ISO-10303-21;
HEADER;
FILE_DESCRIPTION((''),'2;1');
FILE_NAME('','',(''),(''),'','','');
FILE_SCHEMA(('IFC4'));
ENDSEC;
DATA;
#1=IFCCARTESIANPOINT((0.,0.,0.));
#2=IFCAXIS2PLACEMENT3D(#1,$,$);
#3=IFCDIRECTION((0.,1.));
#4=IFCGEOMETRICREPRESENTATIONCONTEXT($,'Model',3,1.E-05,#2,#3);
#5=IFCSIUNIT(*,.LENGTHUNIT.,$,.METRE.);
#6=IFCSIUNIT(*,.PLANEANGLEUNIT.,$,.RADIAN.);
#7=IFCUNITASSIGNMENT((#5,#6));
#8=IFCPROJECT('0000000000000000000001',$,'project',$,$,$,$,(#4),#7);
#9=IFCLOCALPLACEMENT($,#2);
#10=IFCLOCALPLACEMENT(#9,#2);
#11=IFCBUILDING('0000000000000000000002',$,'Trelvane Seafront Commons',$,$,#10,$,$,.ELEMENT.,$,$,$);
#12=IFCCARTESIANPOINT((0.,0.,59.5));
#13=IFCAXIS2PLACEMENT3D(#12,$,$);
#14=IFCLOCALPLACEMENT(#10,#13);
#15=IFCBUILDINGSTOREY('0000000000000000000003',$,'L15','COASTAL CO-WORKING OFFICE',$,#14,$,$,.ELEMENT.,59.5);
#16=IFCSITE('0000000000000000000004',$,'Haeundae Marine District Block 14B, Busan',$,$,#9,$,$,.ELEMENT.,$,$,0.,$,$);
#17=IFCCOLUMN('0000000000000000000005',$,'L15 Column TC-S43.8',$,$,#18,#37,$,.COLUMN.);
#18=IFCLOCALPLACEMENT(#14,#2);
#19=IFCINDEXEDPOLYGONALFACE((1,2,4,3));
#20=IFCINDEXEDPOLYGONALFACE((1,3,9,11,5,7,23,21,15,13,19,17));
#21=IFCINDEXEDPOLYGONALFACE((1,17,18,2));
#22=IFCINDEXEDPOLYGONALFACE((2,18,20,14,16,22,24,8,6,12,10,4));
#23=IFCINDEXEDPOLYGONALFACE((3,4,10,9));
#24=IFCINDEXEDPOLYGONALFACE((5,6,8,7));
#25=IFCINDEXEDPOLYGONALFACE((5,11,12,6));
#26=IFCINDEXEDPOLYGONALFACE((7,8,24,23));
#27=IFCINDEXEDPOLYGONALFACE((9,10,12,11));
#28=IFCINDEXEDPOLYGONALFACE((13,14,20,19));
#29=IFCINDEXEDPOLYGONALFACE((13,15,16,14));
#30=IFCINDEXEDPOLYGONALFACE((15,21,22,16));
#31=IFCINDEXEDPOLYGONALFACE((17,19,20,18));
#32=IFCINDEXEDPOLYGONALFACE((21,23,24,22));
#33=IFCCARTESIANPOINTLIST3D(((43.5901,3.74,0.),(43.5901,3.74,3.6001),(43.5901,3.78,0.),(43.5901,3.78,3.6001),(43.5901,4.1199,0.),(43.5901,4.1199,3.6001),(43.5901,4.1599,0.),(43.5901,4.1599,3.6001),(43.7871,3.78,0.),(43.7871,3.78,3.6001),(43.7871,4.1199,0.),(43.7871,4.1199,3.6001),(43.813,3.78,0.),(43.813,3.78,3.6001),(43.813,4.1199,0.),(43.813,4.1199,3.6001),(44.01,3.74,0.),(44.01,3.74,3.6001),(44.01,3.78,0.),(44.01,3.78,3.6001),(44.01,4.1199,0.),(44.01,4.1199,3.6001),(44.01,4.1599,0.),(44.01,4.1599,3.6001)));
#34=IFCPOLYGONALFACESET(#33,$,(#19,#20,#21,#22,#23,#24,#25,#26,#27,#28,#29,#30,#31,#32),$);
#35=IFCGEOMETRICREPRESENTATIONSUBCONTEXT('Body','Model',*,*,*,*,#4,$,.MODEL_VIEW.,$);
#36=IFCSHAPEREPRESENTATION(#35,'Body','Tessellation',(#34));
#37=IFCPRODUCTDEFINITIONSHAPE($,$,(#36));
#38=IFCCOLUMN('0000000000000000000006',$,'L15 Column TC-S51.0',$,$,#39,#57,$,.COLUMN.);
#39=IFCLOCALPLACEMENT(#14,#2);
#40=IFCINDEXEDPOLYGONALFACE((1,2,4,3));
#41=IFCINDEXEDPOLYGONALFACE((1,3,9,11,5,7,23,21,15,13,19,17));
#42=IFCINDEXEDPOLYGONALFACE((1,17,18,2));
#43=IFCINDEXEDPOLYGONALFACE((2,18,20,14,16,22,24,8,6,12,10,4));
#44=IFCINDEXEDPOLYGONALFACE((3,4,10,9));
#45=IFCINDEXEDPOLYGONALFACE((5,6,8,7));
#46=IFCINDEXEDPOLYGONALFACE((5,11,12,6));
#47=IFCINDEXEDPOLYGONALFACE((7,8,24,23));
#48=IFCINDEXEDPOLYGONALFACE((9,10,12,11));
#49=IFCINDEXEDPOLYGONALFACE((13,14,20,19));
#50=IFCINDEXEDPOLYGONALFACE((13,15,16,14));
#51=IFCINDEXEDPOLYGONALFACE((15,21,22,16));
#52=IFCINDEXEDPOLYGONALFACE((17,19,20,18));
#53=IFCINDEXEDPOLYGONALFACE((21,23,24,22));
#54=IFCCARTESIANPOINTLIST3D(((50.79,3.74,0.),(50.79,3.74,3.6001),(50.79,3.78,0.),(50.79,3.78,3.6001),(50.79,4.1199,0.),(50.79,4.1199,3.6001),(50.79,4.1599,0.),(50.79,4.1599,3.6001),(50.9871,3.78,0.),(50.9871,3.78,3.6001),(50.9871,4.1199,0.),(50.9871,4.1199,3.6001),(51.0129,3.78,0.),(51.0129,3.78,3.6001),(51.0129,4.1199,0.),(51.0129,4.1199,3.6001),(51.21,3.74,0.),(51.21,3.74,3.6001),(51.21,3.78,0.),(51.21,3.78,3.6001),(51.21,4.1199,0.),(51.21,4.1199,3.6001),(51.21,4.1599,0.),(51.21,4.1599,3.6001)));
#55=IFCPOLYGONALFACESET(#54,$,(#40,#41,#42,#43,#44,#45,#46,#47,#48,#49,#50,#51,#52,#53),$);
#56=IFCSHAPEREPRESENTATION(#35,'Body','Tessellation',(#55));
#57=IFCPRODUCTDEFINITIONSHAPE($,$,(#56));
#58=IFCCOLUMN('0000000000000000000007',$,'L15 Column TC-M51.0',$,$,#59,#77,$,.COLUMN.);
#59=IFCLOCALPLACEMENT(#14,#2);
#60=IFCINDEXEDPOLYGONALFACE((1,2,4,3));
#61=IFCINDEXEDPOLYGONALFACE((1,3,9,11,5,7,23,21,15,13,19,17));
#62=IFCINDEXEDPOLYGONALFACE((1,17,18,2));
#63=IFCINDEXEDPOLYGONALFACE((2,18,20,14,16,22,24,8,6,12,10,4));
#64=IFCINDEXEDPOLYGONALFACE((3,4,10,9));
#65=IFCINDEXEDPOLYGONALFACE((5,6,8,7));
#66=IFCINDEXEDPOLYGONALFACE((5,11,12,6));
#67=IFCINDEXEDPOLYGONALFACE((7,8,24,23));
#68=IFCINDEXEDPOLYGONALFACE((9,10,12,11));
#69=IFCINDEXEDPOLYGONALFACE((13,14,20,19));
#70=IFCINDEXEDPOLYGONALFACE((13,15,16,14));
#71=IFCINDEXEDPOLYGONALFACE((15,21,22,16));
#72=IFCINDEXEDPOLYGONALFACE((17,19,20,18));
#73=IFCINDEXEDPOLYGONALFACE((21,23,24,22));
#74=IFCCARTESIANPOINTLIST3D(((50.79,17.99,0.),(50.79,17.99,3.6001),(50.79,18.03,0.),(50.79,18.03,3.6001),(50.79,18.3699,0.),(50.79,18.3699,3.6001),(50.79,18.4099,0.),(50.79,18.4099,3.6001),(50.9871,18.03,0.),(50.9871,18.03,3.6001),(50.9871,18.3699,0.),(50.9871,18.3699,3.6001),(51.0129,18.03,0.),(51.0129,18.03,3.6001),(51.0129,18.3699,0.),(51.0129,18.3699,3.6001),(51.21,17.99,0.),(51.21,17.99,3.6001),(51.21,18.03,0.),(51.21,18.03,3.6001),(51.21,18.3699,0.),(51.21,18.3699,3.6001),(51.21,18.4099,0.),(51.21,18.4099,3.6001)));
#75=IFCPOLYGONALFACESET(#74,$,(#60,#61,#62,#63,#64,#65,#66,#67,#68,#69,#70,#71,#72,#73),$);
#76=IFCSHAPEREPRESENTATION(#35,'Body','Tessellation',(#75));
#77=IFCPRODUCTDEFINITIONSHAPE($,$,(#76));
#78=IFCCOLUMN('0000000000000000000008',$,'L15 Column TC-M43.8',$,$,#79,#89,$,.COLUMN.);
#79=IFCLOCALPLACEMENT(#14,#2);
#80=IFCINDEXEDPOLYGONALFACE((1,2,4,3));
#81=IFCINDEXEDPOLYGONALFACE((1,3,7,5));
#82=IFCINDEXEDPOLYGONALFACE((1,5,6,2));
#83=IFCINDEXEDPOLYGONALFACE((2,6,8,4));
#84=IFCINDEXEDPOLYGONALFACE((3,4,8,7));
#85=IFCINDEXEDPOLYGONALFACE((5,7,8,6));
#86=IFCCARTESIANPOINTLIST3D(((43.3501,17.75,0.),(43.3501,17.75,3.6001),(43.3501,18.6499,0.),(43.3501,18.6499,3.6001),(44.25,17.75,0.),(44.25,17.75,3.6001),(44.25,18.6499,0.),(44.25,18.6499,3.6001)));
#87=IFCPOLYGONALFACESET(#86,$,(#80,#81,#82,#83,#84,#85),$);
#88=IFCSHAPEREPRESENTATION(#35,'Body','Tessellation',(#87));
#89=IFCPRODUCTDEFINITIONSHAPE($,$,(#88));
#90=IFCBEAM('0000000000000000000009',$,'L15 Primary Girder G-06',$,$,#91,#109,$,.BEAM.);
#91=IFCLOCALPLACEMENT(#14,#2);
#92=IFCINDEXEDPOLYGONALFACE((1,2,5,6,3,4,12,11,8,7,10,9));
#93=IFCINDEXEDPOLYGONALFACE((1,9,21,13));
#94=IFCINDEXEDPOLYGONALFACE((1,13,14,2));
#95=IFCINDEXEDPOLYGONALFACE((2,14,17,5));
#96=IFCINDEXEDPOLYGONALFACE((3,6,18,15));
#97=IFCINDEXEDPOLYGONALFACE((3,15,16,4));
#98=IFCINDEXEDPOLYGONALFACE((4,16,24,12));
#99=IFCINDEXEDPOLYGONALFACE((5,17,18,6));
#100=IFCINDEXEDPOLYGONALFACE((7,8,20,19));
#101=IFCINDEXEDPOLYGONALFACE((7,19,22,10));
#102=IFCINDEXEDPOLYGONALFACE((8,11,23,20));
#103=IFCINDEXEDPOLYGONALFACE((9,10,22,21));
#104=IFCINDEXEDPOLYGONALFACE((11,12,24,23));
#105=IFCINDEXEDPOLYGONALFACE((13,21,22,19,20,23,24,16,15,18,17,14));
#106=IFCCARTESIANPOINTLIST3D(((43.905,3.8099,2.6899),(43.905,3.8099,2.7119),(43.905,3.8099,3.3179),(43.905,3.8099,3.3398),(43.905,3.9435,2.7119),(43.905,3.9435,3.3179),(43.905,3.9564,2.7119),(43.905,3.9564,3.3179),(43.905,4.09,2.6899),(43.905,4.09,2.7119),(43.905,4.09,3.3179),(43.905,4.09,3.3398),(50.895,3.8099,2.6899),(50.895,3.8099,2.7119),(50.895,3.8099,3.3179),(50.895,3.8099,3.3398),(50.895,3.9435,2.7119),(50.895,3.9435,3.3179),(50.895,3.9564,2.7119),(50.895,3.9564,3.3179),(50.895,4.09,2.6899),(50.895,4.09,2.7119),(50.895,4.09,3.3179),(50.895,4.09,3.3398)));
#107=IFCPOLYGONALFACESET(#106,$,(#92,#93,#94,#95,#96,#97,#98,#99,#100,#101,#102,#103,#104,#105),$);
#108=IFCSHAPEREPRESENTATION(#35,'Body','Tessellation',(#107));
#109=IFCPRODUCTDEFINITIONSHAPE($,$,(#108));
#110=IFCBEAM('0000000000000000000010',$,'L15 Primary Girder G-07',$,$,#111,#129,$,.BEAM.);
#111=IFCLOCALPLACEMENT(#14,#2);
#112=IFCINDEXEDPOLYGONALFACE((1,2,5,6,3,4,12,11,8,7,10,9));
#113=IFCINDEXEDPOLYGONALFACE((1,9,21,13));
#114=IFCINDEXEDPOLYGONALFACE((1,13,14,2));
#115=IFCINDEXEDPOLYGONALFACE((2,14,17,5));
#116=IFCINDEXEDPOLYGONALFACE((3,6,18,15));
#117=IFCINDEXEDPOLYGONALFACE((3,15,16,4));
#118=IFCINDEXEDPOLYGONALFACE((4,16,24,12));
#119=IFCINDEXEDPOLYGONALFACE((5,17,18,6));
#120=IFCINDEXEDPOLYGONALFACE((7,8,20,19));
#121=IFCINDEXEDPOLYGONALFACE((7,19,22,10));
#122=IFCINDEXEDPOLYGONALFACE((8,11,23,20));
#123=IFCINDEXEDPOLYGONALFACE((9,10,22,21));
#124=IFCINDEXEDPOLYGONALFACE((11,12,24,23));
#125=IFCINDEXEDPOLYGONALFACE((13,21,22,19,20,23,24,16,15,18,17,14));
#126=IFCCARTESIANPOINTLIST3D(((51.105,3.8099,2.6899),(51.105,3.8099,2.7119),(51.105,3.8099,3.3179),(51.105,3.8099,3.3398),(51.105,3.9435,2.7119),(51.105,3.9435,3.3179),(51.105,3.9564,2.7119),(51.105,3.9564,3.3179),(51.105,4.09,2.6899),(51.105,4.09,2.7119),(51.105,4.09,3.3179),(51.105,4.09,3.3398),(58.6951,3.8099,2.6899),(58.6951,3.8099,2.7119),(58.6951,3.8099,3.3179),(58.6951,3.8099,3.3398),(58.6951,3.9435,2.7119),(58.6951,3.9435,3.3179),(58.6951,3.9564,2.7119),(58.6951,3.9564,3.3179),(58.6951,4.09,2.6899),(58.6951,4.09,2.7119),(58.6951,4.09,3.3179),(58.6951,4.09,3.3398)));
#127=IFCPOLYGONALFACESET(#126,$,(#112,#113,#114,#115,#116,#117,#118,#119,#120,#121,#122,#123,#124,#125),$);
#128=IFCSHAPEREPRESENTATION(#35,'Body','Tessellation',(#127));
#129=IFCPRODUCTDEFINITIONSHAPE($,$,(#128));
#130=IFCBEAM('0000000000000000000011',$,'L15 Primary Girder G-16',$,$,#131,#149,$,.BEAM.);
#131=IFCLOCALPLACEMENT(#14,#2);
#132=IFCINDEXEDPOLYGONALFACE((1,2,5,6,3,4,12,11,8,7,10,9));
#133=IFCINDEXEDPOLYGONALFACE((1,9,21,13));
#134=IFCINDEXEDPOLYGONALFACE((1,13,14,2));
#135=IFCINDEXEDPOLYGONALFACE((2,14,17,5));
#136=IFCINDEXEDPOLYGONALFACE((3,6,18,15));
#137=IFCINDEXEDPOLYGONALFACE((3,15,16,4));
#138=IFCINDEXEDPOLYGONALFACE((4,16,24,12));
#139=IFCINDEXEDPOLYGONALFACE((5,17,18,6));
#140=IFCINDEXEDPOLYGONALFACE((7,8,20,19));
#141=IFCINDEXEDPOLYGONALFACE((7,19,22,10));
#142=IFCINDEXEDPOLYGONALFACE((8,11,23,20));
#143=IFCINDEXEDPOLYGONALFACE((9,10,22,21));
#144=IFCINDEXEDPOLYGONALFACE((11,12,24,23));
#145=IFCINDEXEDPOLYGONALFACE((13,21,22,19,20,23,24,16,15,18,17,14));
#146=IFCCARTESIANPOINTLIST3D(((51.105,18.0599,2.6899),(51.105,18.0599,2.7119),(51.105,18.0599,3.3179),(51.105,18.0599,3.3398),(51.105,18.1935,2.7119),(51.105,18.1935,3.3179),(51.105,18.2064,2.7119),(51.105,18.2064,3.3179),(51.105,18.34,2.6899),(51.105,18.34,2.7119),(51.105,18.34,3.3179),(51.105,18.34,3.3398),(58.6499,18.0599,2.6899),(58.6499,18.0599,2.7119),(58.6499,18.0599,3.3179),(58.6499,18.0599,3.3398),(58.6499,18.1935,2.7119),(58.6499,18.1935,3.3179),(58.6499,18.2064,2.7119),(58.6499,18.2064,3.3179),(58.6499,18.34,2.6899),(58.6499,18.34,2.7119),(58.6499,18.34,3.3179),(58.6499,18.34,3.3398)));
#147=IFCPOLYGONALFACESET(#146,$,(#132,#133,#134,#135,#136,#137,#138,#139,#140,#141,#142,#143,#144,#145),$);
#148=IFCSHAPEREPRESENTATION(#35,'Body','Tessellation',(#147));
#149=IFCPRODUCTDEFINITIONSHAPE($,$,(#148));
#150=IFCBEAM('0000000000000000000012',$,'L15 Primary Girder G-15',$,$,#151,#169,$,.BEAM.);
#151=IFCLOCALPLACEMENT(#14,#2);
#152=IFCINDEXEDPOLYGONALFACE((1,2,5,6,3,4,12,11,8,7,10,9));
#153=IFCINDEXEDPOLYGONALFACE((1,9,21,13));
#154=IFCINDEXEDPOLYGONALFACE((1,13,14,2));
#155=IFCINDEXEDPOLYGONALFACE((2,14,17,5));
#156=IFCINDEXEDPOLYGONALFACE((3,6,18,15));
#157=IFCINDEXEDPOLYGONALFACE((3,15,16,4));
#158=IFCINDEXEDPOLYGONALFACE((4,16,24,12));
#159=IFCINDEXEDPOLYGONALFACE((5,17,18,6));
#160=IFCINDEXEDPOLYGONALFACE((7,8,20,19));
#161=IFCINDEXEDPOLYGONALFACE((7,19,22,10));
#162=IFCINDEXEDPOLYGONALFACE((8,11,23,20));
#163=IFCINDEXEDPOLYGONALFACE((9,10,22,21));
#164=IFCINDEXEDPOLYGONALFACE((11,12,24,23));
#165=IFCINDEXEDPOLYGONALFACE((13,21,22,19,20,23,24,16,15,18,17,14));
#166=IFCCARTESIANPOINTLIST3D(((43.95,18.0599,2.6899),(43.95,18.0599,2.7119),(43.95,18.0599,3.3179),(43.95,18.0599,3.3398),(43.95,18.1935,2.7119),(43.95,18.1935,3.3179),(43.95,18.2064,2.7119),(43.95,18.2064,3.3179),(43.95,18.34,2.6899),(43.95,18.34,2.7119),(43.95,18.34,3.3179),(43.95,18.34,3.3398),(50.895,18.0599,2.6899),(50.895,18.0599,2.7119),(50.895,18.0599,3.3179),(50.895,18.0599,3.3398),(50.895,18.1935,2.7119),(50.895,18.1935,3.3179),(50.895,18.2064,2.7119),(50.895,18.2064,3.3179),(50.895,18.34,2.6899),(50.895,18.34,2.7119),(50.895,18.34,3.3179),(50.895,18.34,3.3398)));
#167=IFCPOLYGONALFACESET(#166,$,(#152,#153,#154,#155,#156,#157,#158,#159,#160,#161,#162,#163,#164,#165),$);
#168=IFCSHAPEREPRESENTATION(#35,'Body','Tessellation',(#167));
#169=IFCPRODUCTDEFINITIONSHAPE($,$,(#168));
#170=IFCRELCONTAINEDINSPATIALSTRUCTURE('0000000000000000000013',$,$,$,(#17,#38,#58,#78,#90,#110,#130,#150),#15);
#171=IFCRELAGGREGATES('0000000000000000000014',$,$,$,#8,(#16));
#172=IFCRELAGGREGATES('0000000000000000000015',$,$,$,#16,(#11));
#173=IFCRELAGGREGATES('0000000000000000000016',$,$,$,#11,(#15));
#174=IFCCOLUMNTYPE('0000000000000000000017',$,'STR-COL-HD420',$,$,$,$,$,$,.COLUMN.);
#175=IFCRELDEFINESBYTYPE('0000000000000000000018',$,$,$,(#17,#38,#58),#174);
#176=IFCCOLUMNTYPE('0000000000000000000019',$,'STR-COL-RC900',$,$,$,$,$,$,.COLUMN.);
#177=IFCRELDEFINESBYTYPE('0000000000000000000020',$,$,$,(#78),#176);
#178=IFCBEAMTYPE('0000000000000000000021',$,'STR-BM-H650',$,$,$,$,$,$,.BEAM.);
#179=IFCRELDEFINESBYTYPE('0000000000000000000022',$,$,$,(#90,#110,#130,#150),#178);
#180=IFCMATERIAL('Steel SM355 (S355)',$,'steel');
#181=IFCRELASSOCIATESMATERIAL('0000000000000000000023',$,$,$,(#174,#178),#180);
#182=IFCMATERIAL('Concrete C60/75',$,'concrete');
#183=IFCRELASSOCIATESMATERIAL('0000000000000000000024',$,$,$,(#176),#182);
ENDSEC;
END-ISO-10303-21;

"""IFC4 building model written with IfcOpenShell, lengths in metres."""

from ifc_helpers import new_model, si_unit, direction, frame, origin, origin_2d, place, context, subcontext, project, spatial, rectangle, i_section, extrude, source, transform, mapped, material, material_profile, profile_set, type_object, element, save


model = new_model("IFC4")

# Units and contexts
model_context = context("Model", 3, precision=1e-05, world=origin(), true_north=direction((0.0, 1.0)))
body_context = subcontext(model_context, "Body", "Model", "MODEL_VIEW")
ifc_project = project(units=[si_unit("LENGTHUNIT", "METRE"), si_unit("PLANEANGLEUNIT", "RADIAN")], contexts=[model_context])

# Site, building, storey
site_placement = place(None, origin())
site = spatial("IfcSite", under=ifc_project, at=site_placement, Name="Haeundae Marine District Block 14B, Busan", CompositionType="ELEMENT", RefElevation=0.0)
building_placement = place(site_placement, origin())
building = spatial("IfcBuilding", under=site, at=building_placement, Name="Trelvane Seafront Commons", CompositionType="ELEMENT")
storey_placement = place(building_placement, frame((0.0, 0.0, 59.5)))
storey = spatial("IfcBuildingStorey", under=building, at=storey_placement, Name="L15", Description="COASTAL CO-WORKING OFFICE", CompositionType="ELEMENT", Elevation=59.5)

# Columns
ifc_material_1 = material(Name="Steel SM355 (S355)", Category="steel")
ifc_material_profile_1 = material_profile(ifc_material_1, i_section(OverallWidth=0.4199, OverallDepth=0.4199, WebThickness=0.0259, FlangeThickness=0.04, at=origin_2d()), Name="HD-420x420x26x40")
ifc_profile_set_1 = profile_set([ifc_material_profile_1], Name="Steel SM355 (S355)")
column_type_1 = type_object("IfcColumnType", Name="STR-COL-HD420", PredefinedType="COLUMN", material=ifc_profile_set_1)
shared_shape_1 = source(origin(), body_context, "Body", "SweptSolid", [
    extrude(i_section(OverallWidth=0.4199, OverallDepth=0.4199, WebThickness=0.0259, FlangeThickness=0.04, at=origin_2d()), origin(), (0.0, 0.0, 1.0), 3.6001),
])
for number, where, z_axis, x_axis, name in (
    (1, (43.8, 3.95, 0.0), (0.0, 0.0, 1.0), (1.0, 0.0, 0.0), "L15 Column TC-S43.8"),
    (2, (51.0, 3.95, 0.0), (0.0, 0.0, 1.0), (1.0, 0.0, 0.0), "L15 Column TC-S51.0"),
    (3, (51.0, 18.2, 0.0), (0.0, 0.0, 1.0), (1.0, 0.0, 0.0), "L15 Column TC-M51.0"),
):
    element("IfcColumn", number, at=place(storey_placement, frame(where, z_axis=z_axis, x_axis=x_axis)), inside=storey, type_object=column_type_1, Name=name, PredefinedType="COLUMN", context=body_context, shape_type="MappedRepresentation", body=[
        mapped(shared_shape_1, transform((0.0, 0.0, 0.0), x_axis=(1.0, 0.0, 0.0), y_axis=(0.0, 1.0, 0.0), z_axis=(0.0, 0.0, 1.0), scale=1.0)),
    ])
ifc_material_2 = material(Name="Concrete C60/75", Category="concrete")
ifc_material_profile_2 = material_profile(ifc_material_2, rectangle(XDim=0.8999, YDim=0.8999, at=origin_2d()), Name="RC-900x900")
ifc_profile_set_2 = profile_set([ifc_material_profile_2], Name="Concrete C60/75")
column_type_2 = type_object("IfcColumnType", Name="STR-COL-RC900", PredefinedType="COLUMN", material=ifc_profile_set_2)
shared_shape_2 = source(origin(), body_context, "Body", "SweptSolid", [
    extrude(rectangle(XDim=0.8999, YDim=0.8999, at=origin_2d()), origin(), (0.0, 0.0, 1.0), 3.6001),
])
column_placement = place(storey_placement, frame((43.8, 18.2, 0.0), z_axis=(0.0, 0.0, 1.0), x_axis=(1.0, 0.0, 0.0)))
element("IfcColumn", 4, at=column_placement, inside=storey, type_object=column_type_2, Name="L15 Column TC-M43.8", PredefinedType="COLUMN", context=body_context, shape_type="MappedRepresentation", body=[
    mapped(shared_shape_2, transform((0.0, 0.0, 0.0), x_axis=(1.0, 0.0, 0.0), y_axis=(0.0, 1.0, 0.0), z_axis=(0.0, 0.0, 1.0), scale=1.0)),
])

# Beams
ifc_material_profile_3 = material_profile(ifc_material_1, i_section(OverallWidth=0.28, OverallDepth=0.6499, WebThickness=0.0129, FlangeThickness=0.022, at=origin_2d()), Name="H-650x280x13x22")
ifc_profile_set_3 = profile_set([ifc_material_profile_3], Name="Steel SM355 (S355)")
beam_type_1 = type_object("IfcBeamType", Name="STR-BM-H650", PredefinedType="BEAM", material=ifc_profile_set_3)
shared_shape_3 = source(origin(), body_context, "Body", "SweptSolid", [
    extrude(i_section(OverallWidth=0.28, OverallDepth=0.6499, WebThickness=0.0129, FlangeThickness=0.022, at=origin_2d()), origin(), (0.0, 0.0, 1.0), 6.99),
])
beam_1_placement = place(storey_placement, frame((43.905, 3.95, 3.0149), z_axis=(1.0, 0.0, 0.0), x_axis=(0.0, 1.0, 0.0)))
element("IfcBeam", 5, at=beam_1_placement, inside=storey, type_object=beam_type_1, Name="L15 Primary Girder G-06", PredefinedType="BEAM", context=body_context, shape_type="MappedRepresentation", body=[
    mapped(shared_shape_3, transform((0.0, 0.0, 0.0), x_axis=(1.0, 0.0, 0.0), y_axis=(0.0, 1.0, 0.0), z_axis=(0.0, 0.0, 1.0), scale=1.0)),
])
shared_shape_4 = source(origin(), body_context, "Body", "SweptSolid", [
    extrude(i_section(OverallWidth=0.28, OverallDepth=0.6499, WebThickness=0.0129, FlangeThickness=0.022, at=origin_2d()), origin(), (0.0, 0.0, 1.0), 7.5901),
])
beam_2_placement = place(storey_placement, frame((51.105, 3.95, 3.0149), z_axis=(1.0, 0.0, 0.0), x_axis=(0.0, 1.0, 0.0)))
element("IfcBeam", 6, at=beam_2_placement, inside=storey, type_object=beam_type_1, Name="L15 Primary Girder G-07", PredefinedType="BEAM", context=body_context, shape_type="MappedRepresentation", body=[
    mapped(shared_shape_4, transform((0.0, 0.0, 0.0), x_axis=(1.0, 0.0, 0.0), y_axis=(0.0, 1.0, 0.0), z_axis=(0.0, 0.0, 1.0), scale=1.0)),
])
shared_shape_5 = source(origin(), body_context, "Body", "SweptSolid", [
    extrude(i_section(OverallWidth=0.28, OverallDepth=0.6499, WebThickness=0.0129, FlangeThickness=0.022, at=origin_2d()), origin(), (0.0, 0.0, 1.0), 7.5449),
])
beam_3_placement = place(storey_placement, frame((51.105, 18.2, 3.0149), z_axis=(1.0, 0.0, 0.0), x_axis=(0.0, 1.0, 0.0)))
element("IfcBeam", 7, at=beam_3_placement, inside=storey, type_object=beam_type_1, Name="L15 Primary Girder G-16", PredefinedType="BEAM", context=body_context, shape_type="MappedRepresentation", body=[
    mapped(shared_shape_5, transform((0.0, 0.0, 0.0), x_axis=(1.0, 0.0, 0.0), y_axis=(0.0, 1.0, 0.0), z_axis=(0.0, 0.0, 1.0), scale=1.0)),
])
shared_shape_6 = source(origin(), body_context, "Body", "SweptSolid", [
    extrude(i_section(OverallWidth=0.28, OverallDepth=0.6499, WebThickness=0.0129, FlangeThickness=0.022, at=origin_2d()), origin(), (0.0, 0.0, 1.0), 6.9451),
])
beam_4_placement = place(storey_placement, frame((43.95, 18.2, 3.0149), z_axis=(1.0, 0.0, 0.0), x_axis=(0.0, 1.0, 0.0)))
element("IfcBeam", 8, at=beam_4_placement, inside=storey, type_object=beam_type_1, Name="L15 Primary Girder G-15", PredefinedType="BEAM", context=body_context, shape_type="MappedRepresentation", body=[
    mapped(shared_shape_6, transform((0.0, 0.0, 0.0), x_axis=(1.0, 0.0, 0.0), y_axis=(0.0, 1.0, 0.0), z_axis=(0.0, 0.0, 1.0), scale=1.0)),
])

save(model, "model.ifc")
